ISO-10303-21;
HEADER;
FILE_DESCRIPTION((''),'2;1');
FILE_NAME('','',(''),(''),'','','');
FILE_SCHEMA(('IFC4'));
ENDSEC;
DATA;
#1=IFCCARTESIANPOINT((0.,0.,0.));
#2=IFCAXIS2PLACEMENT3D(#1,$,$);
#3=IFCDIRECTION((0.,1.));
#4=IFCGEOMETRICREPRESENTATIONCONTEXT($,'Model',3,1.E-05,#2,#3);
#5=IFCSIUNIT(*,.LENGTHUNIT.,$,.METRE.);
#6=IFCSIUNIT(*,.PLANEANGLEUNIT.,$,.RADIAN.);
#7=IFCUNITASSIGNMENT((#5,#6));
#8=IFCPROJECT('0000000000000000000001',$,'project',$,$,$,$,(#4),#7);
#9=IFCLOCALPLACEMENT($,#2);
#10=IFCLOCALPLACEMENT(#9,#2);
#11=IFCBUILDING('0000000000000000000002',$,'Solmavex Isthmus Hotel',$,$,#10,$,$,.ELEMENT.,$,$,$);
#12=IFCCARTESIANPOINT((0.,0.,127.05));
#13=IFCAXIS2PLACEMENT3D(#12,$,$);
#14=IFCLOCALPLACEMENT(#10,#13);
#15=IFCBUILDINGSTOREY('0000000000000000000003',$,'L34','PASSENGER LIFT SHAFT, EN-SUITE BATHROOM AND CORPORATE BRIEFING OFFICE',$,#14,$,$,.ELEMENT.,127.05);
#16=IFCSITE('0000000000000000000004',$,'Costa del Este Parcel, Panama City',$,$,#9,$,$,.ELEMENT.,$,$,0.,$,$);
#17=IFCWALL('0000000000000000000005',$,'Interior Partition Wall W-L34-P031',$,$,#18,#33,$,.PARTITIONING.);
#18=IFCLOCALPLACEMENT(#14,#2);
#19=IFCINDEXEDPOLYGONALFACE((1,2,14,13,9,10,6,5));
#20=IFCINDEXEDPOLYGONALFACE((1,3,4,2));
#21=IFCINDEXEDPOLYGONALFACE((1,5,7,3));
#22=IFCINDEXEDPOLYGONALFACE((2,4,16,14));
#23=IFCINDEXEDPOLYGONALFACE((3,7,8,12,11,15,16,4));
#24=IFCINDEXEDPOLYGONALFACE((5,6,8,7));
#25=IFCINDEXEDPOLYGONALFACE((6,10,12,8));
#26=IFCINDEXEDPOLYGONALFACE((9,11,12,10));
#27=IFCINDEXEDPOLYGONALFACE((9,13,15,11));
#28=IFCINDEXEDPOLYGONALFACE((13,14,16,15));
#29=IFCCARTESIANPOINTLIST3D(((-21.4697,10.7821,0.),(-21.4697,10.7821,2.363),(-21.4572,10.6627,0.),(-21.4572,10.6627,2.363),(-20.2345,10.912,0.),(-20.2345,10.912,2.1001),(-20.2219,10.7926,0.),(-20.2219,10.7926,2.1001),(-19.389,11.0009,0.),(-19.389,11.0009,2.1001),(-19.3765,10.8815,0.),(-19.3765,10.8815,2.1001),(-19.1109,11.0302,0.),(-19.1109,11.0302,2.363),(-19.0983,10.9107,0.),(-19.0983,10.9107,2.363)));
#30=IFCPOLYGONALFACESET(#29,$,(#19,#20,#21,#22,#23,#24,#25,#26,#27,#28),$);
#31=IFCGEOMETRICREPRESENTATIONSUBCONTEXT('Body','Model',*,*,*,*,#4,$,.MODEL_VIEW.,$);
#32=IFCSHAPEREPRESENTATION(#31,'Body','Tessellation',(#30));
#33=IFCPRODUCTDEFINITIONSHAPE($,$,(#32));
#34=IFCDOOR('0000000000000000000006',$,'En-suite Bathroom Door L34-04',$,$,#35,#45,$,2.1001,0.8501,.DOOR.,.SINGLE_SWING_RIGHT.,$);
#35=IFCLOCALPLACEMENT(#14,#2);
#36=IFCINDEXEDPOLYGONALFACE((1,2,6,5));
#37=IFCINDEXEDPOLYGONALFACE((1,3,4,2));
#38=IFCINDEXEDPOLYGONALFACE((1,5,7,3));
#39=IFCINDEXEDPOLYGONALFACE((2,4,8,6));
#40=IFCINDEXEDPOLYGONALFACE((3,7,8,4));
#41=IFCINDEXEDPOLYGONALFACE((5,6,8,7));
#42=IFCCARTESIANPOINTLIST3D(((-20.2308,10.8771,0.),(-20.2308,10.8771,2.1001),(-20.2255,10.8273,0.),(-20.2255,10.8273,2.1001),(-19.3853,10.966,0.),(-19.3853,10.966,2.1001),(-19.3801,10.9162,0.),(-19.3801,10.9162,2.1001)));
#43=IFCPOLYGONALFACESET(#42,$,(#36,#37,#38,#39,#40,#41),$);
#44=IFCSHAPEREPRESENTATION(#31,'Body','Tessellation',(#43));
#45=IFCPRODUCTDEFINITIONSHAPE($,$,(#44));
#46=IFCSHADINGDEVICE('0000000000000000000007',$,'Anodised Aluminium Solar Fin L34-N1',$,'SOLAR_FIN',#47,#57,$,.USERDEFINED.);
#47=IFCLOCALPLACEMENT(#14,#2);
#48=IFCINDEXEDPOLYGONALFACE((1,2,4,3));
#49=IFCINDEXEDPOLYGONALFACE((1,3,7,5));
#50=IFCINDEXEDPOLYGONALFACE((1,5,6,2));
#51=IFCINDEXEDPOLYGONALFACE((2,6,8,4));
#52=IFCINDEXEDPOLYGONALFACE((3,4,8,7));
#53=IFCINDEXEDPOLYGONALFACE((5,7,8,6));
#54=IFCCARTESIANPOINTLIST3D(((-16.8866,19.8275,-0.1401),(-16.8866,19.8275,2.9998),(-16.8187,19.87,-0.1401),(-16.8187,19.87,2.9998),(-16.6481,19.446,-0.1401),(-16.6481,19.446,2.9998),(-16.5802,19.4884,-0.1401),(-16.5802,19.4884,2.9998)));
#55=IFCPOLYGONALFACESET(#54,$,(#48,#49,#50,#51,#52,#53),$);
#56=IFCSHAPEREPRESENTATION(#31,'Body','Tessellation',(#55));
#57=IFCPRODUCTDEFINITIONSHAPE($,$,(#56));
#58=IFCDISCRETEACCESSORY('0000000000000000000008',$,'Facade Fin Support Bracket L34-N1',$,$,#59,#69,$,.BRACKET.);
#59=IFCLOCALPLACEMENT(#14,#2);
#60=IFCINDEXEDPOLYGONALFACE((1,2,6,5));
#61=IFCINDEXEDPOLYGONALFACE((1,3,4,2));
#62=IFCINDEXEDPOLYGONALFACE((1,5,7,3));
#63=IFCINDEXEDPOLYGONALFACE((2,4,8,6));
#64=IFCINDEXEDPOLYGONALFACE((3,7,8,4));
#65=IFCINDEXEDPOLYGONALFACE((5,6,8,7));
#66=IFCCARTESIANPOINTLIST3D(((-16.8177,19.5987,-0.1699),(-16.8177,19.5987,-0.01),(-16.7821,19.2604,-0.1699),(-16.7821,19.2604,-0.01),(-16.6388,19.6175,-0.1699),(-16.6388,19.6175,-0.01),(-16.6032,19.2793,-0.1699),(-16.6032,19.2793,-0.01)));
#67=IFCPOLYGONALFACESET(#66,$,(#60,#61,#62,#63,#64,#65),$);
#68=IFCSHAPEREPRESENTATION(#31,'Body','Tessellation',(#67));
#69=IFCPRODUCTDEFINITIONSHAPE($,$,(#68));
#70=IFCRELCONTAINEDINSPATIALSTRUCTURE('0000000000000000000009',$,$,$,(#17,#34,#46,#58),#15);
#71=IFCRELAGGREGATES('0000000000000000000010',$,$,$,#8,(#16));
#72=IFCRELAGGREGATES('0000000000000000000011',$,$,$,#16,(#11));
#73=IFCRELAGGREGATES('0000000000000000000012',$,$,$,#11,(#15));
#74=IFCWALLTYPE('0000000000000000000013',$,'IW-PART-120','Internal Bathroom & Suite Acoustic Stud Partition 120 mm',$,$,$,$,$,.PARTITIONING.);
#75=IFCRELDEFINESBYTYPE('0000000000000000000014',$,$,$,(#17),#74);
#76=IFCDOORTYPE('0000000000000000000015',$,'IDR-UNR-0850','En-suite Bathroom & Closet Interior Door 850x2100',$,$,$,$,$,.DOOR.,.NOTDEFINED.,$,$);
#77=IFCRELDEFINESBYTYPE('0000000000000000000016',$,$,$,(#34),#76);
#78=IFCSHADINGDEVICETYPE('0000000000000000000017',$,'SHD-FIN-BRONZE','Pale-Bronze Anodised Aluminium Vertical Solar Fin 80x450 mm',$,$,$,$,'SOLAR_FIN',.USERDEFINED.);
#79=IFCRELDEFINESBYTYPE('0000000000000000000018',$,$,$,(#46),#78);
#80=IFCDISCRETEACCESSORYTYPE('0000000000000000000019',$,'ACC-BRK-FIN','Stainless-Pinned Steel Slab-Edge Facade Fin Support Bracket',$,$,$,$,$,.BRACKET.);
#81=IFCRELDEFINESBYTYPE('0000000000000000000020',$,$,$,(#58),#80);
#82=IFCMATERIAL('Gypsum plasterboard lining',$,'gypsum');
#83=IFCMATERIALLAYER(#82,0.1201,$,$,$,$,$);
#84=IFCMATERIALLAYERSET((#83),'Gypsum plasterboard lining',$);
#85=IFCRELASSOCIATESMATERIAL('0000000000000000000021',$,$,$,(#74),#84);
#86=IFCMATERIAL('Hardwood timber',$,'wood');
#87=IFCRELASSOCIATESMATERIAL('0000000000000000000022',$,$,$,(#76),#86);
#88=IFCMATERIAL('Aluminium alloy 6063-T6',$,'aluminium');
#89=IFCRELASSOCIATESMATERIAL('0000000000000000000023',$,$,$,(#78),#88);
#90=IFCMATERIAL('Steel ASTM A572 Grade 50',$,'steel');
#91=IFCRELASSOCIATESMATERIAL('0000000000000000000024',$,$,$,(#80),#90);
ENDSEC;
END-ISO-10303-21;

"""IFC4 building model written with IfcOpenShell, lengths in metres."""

from ifc_helpers import new_model, si_unit, direction, frame, frame_2d, origin, origin_2d, place, context, subcontext, project, spatial, rectangle, extrude, material, layer, layer_set, type_object, element, fill, save


model = new_model("IFC4")

# Units and contexts
model_context = context("Model", 3, precision=1e-05, world=origin(), true_north=direction((0.0, 1.0)))
body_context = subcontext(model_context, "Body", "Model", "MODEL_VIEW")
ifc_project = project(units=[si_unit("LENGTHUNIT", "METRE"), si_unit("PLANEANGLEUNIT", "RADIAN")], contexts=[model_context])

# Site, building, storey
site_placement = place(None, origin())
site = spatial("IfcSite", under=ifc_project, at=site_placement, Name="Costa del Este Parcel, Panama City", CompositionType="ELEMENT", RefElevation=0.0)
building_placement = place(site_placement, origin())
building = spatial("IfcBuilding", under=site, at=building_placement, Name="Solmavex Isthmus Hotel", CompositionType="ELEMENT")
storey_placement = place(building_placement, frame((0.0, 0.0, 127.05)))
storey = spatial("IfcBuildingStorey", under=building, at=storey_placement, Name="L34", Description="PASSENGER LIFT SHAFT, EN-SUITE BATHROOM AND CORPORATE BRIEFING OFFICE", CompositionType="ELEMENT", Elevation=127.05)

# Shared definitions
ifc_material_1 = material(Name="Aluminium alloy 6063-T6", Category="aluminium")

# Shared definitions
ifc_material_2 = material(Name="Gypsum plasterboard lining", Category="gypsum")
ifc_material_3 = material(Name="Hardwood timber", Category="wood")

# Wall, opening, door
ifc_layer_1 = layer(ifc_material_2, 0.1201)
ifc_layer_set_1 = layer_set([ifc_layer_1], Name="Gypsum plasterboard lining")
wall_type_1 = type_object("IfcWallType", Name="IW-PART-120", Description="Internal Bathroom & Suite Acoustic Stud Partition 120 mm", PredefinedType="PARTITIONING", material=ifc_layer_set_1)
wall_1_placement = place(storey_placement, frame((-19.1045, 10.9705, 0.0), z_axis=(0.0, 0.0, 1.0), x_axis=(-0.994517, -0.104578, 0.0)))
wall_1 = element("IfcWall", 1, at=wall_1_placement, inside=storey, type_object=wall_type_1, Name="Interior Partition Wall W-L34-P031", PredefinedType="PARTITIONING", context=body_context, shape_type="SweptSolid", body=[
    extrude(rectangle(XDim=2.3718, YDim=0.1201, at=frame_2d((1.186, 0.0))), origin(), (0.0, 0.0, 1.0), 2.363),
])
opening_1_placement = place(wall_1_placement, frame((0.2798, 0.0, 0.0)))
opening_1 = element("IfcOpeningElement", 2, at=opening_1_placement, cuts=wall_1, PredefinedType="OPENING", context=body_context, shape_type="SweptSolid", body=[
    extrude(rectangle(XDim=0.8501, YDim=2.1001, at=frame_2d((0.425, 1.05))), frame((0.0, 0.0701, 0.0), z_axis=(0.0, -1.0, 0.0), x_axis=(1.0, 0.0, 0.0)), (0.0, 0.0, 1.0), 0.1401),
])
door_type_1 = type_object("IfcDoorType", Name="IDR-UNR-0850", Description="En-suite Bathroom & Closet Interior Door 850x2100", OperationType="NOTDEFINED", PredefinedType="DOOR", material=ifc_material_3)
door_1_placement = place(opening_1_placement, frame((0.8501, 0.0, 0.0), z_axis=(0.0, 0.0, 1.0), x_axis=(-1.0, 0.0, 0.0)))
door_1 = element("IfcDoor", 3, at=door_1_placement, inside=storey, type_object=door_type_1, Name="En-suite Bathroom Door L34-04", OperationType="SINGLE_SWING_RIGHT", OverallHeight=2.1001, OverallWidth=0.8501, PredefinedType="DOOR", context=body_context, shape_type="SweptSolid", body=[
    extrude(rectangle(XDim=0.8501, YDim=2.1001, at=frame_2d((0.425, 1.05))), frame((0.0, 0.0249, 0.0), z_axis=(0.0, -1.0, 0.0), x_axis=(1.0, 0.0, 0.0)), (0.0, 0.0, 1.0), 0.05),
])
fill(opening_1, door_1)

# Shading device
shading_device_type = type_object("IfcShadingDeviceType", Name="SHD-FIN-BRONZE", Description="Pale-Bronze Anodised Aluminium Vertical Solar Fin 80x450 mm", ElementType="SOLAR_FIN", PredefinedType="USERDEFINED", material=ifc_material_1)
shading_device_placement = place(storey_placement, frame((-16.7334, 19.658, -0.1401), z_axis=(0.0, 0.0, 1.0), x_axis=(-0.529919, 0.848048, 0.0)))
element("IfcShadingDevice", 4, at=shading_device_placement, inside=storey, type_object=shading_device_type, Name="Anodised Aluminium Solar Fin L34-N1", ObjectType="SOLAR_FIN", PredefinedType="USERDEFINED", context=body_context, shape_type="SweptSolid", body=[
    extrude(rectangle(XDim=0.45, YDim=0.0801, at=origin_2d()), origin(), (0.0, 0.0, 1.0), 3.1399),
])

# Discrete accessory
ifc_material_4 = material(Name="Steel ASTM A572 Grade 50", Category="steel")
discrete_accessory_type = type_object("IfcDiscreteAccessoryType", Name="ACC-BRK-FIN", Description="Stainless-Pinned Steel Slab-Edge Facade Fin Support Bracket", PredefinedType="BRACKET", material=ifc_material_4)
discrete_accessory_placement = place(storey_placement, frame((-16.7104, 19.439, -0.1699), z_axis=(0.0, 0.0, 1.0), x_axis=(-0.104528, 0.994522, 0.0)))
element("IfcDiscreteAccessory", 5, at=discrete_accessory_placement, inside=storey, type_object=discrete_accessory_type, Name="Facade Fin Support Bracket L34-N1", PredefinedType="BRACKET", context=body_context, shape_type="SweptSolid", body=[
    extrude(rectangle(XDim=0.3401, YDim=0.1799, at=origin_2d()), origin(), (0.0, 0.0, 1.0), 0.1599),
])

save(model, "model.ifc")
